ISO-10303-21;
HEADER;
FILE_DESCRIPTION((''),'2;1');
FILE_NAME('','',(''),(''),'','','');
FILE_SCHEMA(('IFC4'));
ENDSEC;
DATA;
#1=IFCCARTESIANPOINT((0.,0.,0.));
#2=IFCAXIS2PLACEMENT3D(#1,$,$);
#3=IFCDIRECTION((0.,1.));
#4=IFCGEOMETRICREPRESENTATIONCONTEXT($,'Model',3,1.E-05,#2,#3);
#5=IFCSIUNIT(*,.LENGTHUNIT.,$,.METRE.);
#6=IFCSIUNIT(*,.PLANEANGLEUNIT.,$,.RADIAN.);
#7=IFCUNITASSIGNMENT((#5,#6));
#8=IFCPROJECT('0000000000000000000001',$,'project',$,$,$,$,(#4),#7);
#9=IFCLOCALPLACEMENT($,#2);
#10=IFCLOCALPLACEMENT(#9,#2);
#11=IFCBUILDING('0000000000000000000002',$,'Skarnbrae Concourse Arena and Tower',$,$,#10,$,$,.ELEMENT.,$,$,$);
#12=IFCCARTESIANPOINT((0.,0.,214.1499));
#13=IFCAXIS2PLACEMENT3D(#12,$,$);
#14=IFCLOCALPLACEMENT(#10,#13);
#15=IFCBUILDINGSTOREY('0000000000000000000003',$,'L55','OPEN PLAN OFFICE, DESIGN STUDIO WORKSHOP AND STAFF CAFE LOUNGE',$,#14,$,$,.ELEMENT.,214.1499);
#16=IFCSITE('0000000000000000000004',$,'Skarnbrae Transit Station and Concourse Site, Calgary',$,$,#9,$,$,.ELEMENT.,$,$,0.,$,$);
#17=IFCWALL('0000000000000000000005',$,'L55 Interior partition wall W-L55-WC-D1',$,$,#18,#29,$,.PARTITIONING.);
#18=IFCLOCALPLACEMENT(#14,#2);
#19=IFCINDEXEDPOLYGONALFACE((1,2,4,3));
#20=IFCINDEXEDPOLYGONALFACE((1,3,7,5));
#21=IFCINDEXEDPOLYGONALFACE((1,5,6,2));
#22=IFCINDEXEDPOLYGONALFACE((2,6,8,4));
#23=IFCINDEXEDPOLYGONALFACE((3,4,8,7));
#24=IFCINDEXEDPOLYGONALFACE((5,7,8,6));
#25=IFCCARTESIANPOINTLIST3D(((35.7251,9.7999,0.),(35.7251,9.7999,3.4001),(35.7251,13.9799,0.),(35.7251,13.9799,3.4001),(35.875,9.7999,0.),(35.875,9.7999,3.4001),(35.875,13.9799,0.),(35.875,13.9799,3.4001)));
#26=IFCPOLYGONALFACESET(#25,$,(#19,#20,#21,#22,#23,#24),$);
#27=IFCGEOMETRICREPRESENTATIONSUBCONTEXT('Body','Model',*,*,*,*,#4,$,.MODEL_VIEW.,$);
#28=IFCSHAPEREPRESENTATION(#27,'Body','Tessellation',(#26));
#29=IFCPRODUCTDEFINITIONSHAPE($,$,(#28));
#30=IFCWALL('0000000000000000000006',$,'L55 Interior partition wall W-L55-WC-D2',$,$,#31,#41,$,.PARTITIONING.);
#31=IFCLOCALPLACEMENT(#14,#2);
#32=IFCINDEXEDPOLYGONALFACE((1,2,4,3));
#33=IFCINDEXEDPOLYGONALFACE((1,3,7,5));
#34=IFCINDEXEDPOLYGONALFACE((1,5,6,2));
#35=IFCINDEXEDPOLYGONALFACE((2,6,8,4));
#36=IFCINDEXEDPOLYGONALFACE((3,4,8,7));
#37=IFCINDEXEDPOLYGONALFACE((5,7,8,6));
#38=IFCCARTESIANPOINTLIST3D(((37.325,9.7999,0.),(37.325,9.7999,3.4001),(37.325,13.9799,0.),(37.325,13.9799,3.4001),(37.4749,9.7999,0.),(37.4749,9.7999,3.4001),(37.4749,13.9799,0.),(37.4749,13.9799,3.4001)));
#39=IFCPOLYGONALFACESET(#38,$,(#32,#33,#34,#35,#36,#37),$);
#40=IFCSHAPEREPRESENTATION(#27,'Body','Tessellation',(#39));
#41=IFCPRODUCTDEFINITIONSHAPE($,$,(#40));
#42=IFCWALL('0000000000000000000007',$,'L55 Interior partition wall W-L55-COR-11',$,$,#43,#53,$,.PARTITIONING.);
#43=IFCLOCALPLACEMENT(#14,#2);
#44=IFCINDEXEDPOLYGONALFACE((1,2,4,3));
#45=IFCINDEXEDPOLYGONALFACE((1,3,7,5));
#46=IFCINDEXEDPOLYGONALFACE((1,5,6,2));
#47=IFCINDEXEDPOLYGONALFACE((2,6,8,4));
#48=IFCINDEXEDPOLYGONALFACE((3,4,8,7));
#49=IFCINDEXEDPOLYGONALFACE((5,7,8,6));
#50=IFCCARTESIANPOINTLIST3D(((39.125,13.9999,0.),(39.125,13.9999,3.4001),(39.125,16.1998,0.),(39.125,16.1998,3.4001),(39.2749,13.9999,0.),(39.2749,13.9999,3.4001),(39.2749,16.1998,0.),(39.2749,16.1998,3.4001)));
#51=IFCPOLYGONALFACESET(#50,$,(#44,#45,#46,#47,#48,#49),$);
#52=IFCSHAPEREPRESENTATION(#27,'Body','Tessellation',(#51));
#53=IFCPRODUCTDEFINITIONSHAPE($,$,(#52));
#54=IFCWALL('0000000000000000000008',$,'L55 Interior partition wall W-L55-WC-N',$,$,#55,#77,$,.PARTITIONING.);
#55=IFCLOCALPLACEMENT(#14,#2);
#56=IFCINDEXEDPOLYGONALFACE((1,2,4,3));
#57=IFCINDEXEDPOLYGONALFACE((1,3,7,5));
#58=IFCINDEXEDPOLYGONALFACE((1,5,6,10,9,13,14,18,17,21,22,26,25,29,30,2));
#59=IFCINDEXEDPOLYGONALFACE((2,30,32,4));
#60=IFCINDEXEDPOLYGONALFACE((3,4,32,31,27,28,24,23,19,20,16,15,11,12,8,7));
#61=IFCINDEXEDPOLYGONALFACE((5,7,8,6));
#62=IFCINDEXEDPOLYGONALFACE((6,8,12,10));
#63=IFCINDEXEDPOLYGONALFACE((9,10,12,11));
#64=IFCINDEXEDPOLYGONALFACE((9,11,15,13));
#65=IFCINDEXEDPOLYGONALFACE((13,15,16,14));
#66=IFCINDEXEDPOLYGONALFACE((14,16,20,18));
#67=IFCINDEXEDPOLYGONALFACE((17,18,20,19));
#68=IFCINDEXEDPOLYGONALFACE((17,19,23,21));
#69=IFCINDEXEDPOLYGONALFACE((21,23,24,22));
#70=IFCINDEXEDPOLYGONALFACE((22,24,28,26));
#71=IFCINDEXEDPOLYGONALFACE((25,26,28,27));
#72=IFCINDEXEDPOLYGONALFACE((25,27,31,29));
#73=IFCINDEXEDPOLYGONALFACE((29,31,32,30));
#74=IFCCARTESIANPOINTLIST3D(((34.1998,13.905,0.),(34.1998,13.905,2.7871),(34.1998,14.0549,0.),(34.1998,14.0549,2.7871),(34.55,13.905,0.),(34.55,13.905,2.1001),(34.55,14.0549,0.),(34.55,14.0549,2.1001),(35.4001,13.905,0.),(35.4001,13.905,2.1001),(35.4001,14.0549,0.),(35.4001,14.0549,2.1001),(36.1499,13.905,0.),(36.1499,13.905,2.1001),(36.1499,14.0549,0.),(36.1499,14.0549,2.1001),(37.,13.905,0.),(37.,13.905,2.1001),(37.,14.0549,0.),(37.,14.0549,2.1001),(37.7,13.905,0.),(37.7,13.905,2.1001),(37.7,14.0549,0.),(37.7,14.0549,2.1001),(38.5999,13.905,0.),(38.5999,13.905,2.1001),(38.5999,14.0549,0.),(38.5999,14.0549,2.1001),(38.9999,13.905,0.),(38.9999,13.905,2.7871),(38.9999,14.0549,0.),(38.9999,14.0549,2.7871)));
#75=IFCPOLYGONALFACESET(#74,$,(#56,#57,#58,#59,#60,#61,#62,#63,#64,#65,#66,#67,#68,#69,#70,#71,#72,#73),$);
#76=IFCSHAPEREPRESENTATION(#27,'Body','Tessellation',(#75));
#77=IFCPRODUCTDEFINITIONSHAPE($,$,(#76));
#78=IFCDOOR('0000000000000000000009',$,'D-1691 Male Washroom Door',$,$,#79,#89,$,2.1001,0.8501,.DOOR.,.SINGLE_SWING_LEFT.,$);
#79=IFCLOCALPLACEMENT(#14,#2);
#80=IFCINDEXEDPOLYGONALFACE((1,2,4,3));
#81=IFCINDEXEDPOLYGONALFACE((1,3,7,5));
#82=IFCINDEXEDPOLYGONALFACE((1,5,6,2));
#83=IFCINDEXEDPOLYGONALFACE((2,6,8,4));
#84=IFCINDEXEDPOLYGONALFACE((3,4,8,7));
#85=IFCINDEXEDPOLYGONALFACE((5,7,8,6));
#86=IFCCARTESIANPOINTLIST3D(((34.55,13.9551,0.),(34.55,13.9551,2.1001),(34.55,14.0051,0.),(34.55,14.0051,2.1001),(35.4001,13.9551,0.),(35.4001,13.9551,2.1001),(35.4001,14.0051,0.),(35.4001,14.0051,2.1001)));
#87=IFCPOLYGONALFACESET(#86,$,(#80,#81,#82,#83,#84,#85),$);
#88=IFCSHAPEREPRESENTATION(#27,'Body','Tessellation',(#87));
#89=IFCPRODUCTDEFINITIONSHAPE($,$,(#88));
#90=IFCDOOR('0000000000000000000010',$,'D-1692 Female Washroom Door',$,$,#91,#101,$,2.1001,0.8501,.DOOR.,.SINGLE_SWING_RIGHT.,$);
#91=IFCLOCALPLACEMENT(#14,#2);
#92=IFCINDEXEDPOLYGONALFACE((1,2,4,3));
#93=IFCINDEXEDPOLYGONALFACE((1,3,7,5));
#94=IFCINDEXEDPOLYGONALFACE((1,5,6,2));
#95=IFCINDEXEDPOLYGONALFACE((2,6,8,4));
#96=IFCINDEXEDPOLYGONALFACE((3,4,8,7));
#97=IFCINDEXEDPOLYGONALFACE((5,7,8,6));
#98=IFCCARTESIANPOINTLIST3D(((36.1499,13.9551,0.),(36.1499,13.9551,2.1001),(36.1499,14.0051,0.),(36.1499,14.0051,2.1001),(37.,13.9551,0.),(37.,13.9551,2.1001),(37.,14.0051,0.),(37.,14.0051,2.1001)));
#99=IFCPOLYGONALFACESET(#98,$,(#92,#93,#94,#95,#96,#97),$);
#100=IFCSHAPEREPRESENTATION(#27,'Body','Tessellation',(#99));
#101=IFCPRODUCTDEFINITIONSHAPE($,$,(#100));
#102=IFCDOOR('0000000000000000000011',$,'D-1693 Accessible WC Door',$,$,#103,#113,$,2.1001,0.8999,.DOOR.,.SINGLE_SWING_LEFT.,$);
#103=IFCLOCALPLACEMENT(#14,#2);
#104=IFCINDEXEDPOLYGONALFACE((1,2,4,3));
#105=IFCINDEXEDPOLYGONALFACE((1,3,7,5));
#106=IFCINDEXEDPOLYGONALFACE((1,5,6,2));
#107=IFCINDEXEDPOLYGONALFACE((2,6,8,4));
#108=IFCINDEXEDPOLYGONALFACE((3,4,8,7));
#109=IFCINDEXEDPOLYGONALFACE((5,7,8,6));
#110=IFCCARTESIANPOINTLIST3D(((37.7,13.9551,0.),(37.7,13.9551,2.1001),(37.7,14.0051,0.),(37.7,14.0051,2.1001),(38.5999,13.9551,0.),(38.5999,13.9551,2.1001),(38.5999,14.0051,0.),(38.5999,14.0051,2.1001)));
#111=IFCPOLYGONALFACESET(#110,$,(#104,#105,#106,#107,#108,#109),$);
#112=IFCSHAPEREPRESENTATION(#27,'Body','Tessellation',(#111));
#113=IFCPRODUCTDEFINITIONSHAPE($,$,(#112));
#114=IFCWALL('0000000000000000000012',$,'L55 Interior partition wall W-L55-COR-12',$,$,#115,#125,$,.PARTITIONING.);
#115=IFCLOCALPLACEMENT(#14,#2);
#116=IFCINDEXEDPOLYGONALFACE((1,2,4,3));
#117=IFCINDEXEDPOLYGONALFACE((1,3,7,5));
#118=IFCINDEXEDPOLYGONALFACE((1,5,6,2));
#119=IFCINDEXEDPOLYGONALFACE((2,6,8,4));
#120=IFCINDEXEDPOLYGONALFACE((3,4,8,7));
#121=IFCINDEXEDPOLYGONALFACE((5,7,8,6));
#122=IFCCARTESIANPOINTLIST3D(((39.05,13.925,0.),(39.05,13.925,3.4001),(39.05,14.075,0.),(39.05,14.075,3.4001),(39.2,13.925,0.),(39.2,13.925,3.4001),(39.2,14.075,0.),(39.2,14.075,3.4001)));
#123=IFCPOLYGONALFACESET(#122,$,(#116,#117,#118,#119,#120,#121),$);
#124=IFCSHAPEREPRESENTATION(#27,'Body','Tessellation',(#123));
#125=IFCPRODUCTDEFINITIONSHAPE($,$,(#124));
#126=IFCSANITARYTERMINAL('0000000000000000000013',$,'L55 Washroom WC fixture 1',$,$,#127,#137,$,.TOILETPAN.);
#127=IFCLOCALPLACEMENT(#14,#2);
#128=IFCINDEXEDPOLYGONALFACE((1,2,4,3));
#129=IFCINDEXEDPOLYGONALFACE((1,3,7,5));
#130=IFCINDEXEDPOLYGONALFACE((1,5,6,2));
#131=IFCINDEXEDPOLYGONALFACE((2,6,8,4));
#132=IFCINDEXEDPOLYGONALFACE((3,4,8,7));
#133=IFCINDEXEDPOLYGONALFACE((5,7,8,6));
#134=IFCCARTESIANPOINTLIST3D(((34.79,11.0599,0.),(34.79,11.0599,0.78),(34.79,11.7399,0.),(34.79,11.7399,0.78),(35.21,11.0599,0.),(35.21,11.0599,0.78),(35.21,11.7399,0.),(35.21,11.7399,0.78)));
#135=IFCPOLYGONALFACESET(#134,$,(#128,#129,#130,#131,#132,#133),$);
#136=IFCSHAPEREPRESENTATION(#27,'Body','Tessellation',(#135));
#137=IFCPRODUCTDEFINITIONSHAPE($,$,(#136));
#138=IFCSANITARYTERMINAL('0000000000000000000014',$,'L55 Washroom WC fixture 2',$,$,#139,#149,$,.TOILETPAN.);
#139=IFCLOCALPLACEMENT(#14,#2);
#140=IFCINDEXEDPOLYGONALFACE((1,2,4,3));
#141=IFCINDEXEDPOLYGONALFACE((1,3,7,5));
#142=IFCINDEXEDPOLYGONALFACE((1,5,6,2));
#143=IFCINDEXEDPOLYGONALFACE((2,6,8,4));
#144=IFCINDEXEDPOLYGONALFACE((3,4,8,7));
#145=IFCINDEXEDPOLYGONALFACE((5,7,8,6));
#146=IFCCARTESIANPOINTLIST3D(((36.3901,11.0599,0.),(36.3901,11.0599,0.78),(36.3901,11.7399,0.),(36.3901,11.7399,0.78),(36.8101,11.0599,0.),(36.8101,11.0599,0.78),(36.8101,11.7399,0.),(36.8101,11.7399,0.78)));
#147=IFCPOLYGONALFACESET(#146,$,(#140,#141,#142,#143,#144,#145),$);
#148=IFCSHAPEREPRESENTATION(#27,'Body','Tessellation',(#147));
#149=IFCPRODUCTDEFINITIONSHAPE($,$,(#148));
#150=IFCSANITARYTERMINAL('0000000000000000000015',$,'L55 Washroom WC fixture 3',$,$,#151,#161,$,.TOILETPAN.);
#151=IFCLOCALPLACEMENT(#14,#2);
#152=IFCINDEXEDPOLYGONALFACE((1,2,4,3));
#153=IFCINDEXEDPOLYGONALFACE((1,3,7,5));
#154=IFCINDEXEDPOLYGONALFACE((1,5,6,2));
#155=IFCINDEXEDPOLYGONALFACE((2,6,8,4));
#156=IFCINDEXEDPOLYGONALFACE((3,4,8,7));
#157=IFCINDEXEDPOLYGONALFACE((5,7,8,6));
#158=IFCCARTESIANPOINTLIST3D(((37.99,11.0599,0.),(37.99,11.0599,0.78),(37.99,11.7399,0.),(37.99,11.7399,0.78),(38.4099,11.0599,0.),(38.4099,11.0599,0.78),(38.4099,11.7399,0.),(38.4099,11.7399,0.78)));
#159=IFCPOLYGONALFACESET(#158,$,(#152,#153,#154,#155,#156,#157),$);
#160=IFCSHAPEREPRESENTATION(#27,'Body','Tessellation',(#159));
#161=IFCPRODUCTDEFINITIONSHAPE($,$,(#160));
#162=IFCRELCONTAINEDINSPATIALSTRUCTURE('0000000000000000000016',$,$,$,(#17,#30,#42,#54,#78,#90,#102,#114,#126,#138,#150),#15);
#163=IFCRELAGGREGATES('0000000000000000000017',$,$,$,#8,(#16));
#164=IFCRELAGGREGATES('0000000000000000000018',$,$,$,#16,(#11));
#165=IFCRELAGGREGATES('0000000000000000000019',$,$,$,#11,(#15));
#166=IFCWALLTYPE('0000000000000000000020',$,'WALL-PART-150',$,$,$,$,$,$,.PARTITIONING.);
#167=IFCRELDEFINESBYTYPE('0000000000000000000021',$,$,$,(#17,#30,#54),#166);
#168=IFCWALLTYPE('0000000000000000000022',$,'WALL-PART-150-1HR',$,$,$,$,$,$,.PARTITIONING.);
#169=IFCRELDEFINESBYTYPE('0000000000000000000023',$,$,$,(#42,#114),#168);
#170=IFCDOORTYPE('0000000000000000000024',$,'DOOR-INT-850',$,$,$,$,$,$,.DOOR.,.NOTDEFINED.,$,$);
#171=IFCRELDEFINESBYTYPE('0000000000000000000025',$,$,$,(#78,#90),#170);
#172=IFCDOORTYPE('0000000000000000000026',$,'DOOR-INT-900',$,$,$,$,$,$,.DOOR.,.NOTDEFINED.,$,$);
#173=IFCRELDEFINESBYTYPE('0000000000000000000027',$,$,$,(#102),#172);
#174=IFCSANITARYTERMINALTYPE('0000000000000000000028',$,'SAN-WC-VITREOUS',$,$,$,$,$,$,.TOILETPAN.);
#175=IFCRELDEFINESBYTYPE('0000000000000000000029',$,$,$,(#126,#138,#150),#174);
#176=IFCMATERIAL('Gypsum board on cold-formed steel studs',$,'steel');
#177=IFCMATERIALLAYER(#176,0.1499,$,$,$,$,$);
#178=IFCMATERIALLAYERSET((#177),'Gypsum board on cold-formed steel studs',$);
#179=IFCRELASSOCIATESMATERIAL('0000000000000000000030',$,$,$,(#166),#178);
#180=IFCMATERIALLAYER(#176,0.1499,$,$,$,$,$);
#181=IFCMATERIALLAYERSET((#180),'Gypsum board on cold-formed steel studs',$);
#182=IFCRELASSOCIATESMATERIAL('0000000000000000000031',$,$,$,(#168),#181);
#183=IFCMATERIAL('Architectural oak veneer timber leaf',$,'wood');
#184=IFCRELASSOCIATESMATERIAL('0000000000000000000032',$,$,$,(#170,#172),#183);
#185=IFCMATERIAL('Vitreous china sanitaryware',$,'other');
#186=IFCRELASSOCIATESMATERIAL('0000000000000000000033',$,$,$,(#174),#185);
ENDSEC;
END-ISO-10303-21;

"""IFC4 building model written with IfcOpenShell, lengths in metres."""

from ifc_helpers import new_model, si_unit, direction, frame, frame_2d, origin, origin_2d, place, context, subcontext, project, spatial, rectangle, extrude, source, transform, mapped, material, layer, layer_set, type_object, element, fill, save


model = new_model("IFC4")

# Units and contexts
model_context = context("Model", 3, precision=1e-05, world=origin(), true_north=direction((0.0, 1.0)))
body_context = subcontext(model_context, "Body", "Model", "MODEL_VIEW")
ifc_project = project(units=[si_unit("LENGTHUNIT", "METRE"), si_unit("PLANEANGLEUNIT", "RADIAN")], contexts=[model_context])

# Site, building, storey
site_placement = place(None, origin())
site = spatial("IfcSite", under=ifc_project, at=site_placement, Name="Skarnbrae Transit Station and Concourse Site, Calgary", CompositionType="ELEMENT", RefElevation=0.0)
building_placement = place(site_placement, origin())
building = spatial("IfcBuilding", under=site, at=building_placement, Name="Skarnbrae Concourse Arena and Tower", CompositionType="ELEMENT")
storey_placement = place(building_placement, frame((0.0, 0.0, 214.1499)))
storey = spatial("IfcBuildingStorey", under=building, at=storey_placement, Name="L55", Description="OPEN PLAN OFFICE, DESIGN STUDIO WORKSHOP AND STAFF CAFE LOUNGE", CompositionType="ELEMENT", Elevation=214.1499)

# Walls
ifc_material_1 = material(Name="Gypsum board on cold-formed steel studs", Category="steel")
ifc_layer_1 = layer(ifc_material_1, 0.1499)
ifc_layer_set_1 = layer_set([ifc_layer_1], Name="Gypsum board on cold-formed steel studs")
wall_type_1 = type_object("IfcWallType", Name="WALL-PART-150", PredefinedType="PARTITIONING", material=ifc_layer_set_1)
shared_shape_1 = source(origin(), body_context, "Body", "SweptSolid", [
    extrude(rectangle(XDim=4.1799, YDim=0.1499, at=frame_2d((2.0898, 0.0))), origin(), (0.0, 0.0, 1.0), 3.4001),
])
for number, where, z_axis, x_axis, name in (
    (1, (35.8, 9.8, 0.0), (0.0, 0.0, 1.0), (0.0, 1.0, 0.0), "L55 Interior partition wall W-L55-WC-D1"),
    (2, (37.3999, 9.8, 0.0), (0.0, 0.0, 1.0), (0.0, 1.0, 0.0), "L55 Interior partition wall W-L55-WC-D2"),
):
    element("IfcWall", number, at=place(storey_placement, frame(where, z_axis=z_axis, x_axis=x_axis)), inside=storey, type_object=wall_type_1, Name=name, PredefinedType="PARTITIONING", context=body_context, shape_type="MappedRepresentation", body=[
        mapped(shared_shape_1, transform((0.0, 0.0, 0.0))),
    ])
ifc_layer_2 = layer(ifc_material_1, 0.1499)
ifc_layer_set_2 = layer_set([ifc_layer_2], Name="Gypsum board on cold-formed steel studs")
wall_type_2 = type_object("IfcWallType", Name="WALL-PART-150-1HR", PredefinedType="PARTITIONING", material=ifc_layer_set_2)
shared_shape_2 = source(origin(), body_context, "Body", "SweptSolid", [
    extrude(rectangle(XDim=2.2, YDim=0.1499, at=frame_2d((1.1001, 0.0))), origin(), (0.0, 0.0, 1.0), 3.4001),
])
wall_1_placement = place(storey_placement, frame((39.2, 16.2, 0.0), z_axis=(0.0, 0.0, 1.0), x_axis=(0.0, -1.0, 0.0)))
element("IfcWall", 3, at=wall_1_placement, inside=storey, type_object=wall_type_2, Name="L55 Interior partition wall W-L55-COR-11", PredefinedType="PARTITIONING", context=body_context, shape_type="MappedRepresentation", body=[
    mapped(shared_shape_2, transform((0.0, 0.0, 0.0))),
])

# Wall, openings, doors
shared_shape_3 = source(origin(), body_context, "Body", "SweptSolid", [
    extrude(rectangle(XDim=4.8, YDim=0.1499, at=frame_2d((2.3999, 0.0))), origin(), (0.0, 0.0, 1.0), 2.7871),
])
wall_2_placement = place(storey_placement, frame((34.2, 13.98, 0.0), z_axis=(0.0, 0.0, 1.0), x_axis=(1.0, 0.0, 0.0)))
wall_2 = element("IfcWall", 4, at=wall_2_placement, inside=storey, type_object=wall_type_1, Name="L55 Interior partition wall W-L55-WC-N", PredefinedType="PARTITIONING", context=body_context, shape_type="MappedRepresentation", body=[
    mapped(shared_shape_3, transform((0.0, 0.0, 0.0))),
])
opening_1_placement = place(wall_2_placement, frame((0.3501, 0.0, 0.0)))
opening_1 = element("IfcOpeningElement", 5, at=opening_1_placement, cuts=wall_2, PredefinedType="OPENING", context=body_context, shape_type="SweptSolid", body=[
    extrude(rectangle(XDim=0.8501, YDim=2.1001, at=frame_2d((0.425, 1.05))), frame((0.0, 0.085, 0.0), z_axis=(0.0, -1.0, 0.0), x_axis=(1.0, 0.0, 0.0)), (0.0, 0.0, 1.0), 0.1699),
])
opening_2_placement = place(wall_2_placement, frame((1.95, 0.0, 0.0)))
opening_2 = element("IfcOpeningElement", 6, at=opening_2_placement, cuts=wall_2, PredefinedType="OPENING", context=body_context, shape_type="SweptSolid", body=[
    extrude(rectangle(XDim=0.8501, YDim=2.1001, at=frame_2d((0.425, 1.05))), frame((0.0, 0.085, 0.0), z_axis=(0.0, -1.0, 0.0), x_axis=(1.0, 0.0, 0.0)), (0.0, 0.0, 1.0), 0.1699),
])
opening_3_placement = place(wall_2_placement, frame((3.5, 0.0, 0.0)))
opening_3 = element("IfcOpeningElement", 7, at=opening_3_placement, cuts=wall_2, PredefinedType="OPENING", context=body_context, shape_type="SweptSolid", body=[
    extrude(rectangle(XDim=0.8999, YDim=2.1001, at=frame_2d((0.45, 1.05))), frame((0.0, 0.085, 0.0), z_axis=(0.0, -1.0, 0.0), x_axis=(1.0, 0.0, 0.0)), (0.0, 0.0, 1.0), 0.1699),
])
ifc_material_2 = material(Name="Architectural oak veneer timber leaf", Category="wood")
door_type_1 = type_object("IfcDoorType", Name="DOOR-INT-850", OperationType="NOTDEFINED", PredefinedType="DOOR", material=ifc_material_2)
shared_shape_4 = source(origin(), body_context, "Body", "SweptSolid", [
    extrude(rectangle(XDim=0.8501, YDim=2.1001, at=frame_2d((0.425, 1.05))), frame((0.0, 0.0249, 0.0), z_axis=(0.0, -1.0, 0.0), x_axis=(1.0, 0.0, 0.0)), (0.0, 0.0, 1.0), 0.05),
])
door_1_placement = place(opening_1_placement, frame((0.8501, 0.0, 0.0), z_axis=(0.0, 0.0, 1.0), x_axis=(-1.0, 0.0, 0.0)))
door_1 = element("IfcDoor", 8, at=door_1_placement, inside=storey, type_object=door_type_1, Name="D-1691 Male Washroom Door", OperationType="SINGLE_SWING_LEFT", OverallHeight=2.1001, OverallWidth=0.8501, PredefinedType="DOOR", context=body_context, shape_type="MappedRepresentation", body=[
    mapped(shared_shape_4, transform((0.0, 0.0, 0.0))),
])
fill(opening_1, door_1)
door_2_placement = place(opening_2_placement, frame((0.8501, 0.0, 0.0), z_axis=(0.0, 0.0, 1.0), x_axis=(-1.0, 0.0, 0.0)))
door_2 = element("IfcDoor", 9, at=door_2_placement, inside=storey, type_object=door_type_1, Name="D-1692 Female Washroom Door", OperationType="SINGLE_SWING_RIGHT", OverallHeight=2.1001, OverallWidth=0.8501, PredefinedType="DOOR", context=body_context, shape_type="MappedRepresentation", body=[
    mapped(shared_shape_4, transform((0.0, 0.0, 0.0))),
])
fill(opening_2, door_2)
door_type_2 = type_object("IfcDoorType", Name="DOOR-INT-900", OperationType="NOTDEFINED", PredefinedType="DOOR", material=ifc_material_2)
shared_shape_5 = source(origin(), body_context, "Body", "SweptSolid", [
    extrude(rectangle(XDim=0.8999, YDim=2.1001, at=frame_2d((0.45, 1.05))), frame((0.0, 0.0249, 0.0), z_axis=(0.0, -1.0, 0.0), x_axis=(1.0, 0.0, 0.0)), (0.0, 0.0, 1.0), 0.05),
])
door_3_placement = place(opening_3_placement, frame((0.8999, 0.0, 0.0), z_axis=(0.0, 0.0, 1.0), x_axis=(-1.0, 0.0, 0.0)))
door_3 = element("IfcDoor", 10, at=door_3_placement, inside=storey, type_object=door_type_2, Name="D-1693 Accessible WC Door", OperationType="SINGLE_SWING_LEFT", OverallHeight=2.1001, OverallWidth=0.8999, PredefinedType="DOOR", context=body_context, shape_type="MappedRepresentation", body=[
    mapped(shared_shape_5, transform((0.0, 0.0, 0.0))),
])
fill(opening_3, door_3)

# Wall
shared_shape_6 = source(origin(), body_context, "Body", "SweptSolid", [
    extrude(rectangle(XDim=0.1499, YDim=0.1499, at=frame_2d((0.075, 0.0))), origin(), (0.0, 0.0, 1.0), 3.4001),
])
wall_3_placement = place(storey_placement, frame((39.2, 14.0, 0.0), z_axis=(0.0, 0.0, 1.0), x_axis=(-1.0, 0.0, 0.0)))
element("IfcWall", 11, at=wall_3_placement, inside=storey, type_object=wall_type_2, Name="L55 Interior partition wall W-L55-COR-12", PredefinedType="PARTITIONING", context=body_context, shape_type="MappedRepresentation", body=[
    mapped(shared_shape_6, transform((0.0, 0.0, 0.0))),
])

# Sanitary terminals
ifc_material_3 = material(Name="Vitreous china sanitaryware", Category="other")
sanitary_terminal_type = type_object("IfcSanitaryTerminalType", Name="SAN-WC-VITREOUS", PredefinedType="TOILETPAN", material=ifc_material_3)
shared_shape_7 = source(origin(), body_context, "Body", "SweptSolid", [
    extrude(rectangle(XDim=0.4199, YDim=0.6799, at=origin_2d()), origin(), (0.0, 0.0, 1.0), 0.78),
])
for number, where, z_axis, x_axis, name in (
    (12, (35.0, 11.3999, 0.0), (0.0, 0.0, 1.0), (1.0, 0.0, 0.0), "L55 Washroom WC fixture 1"),
    (13, (36.6001, 11.3999, 0.0), (0.0, 0.0, 1.0), (1.0, 0.0, 0.0), "L55 Washroom WC fixture 2"),
    (14, (38.2, 11.3999, 0.0), (0.0, 0.0, 1.0), (1.0, 0.0, 0.0), "L55 Washroom WC fixture 3"),
):
    element("IfcSanitaryTerminal", number, at=place(storey_placement, frame(where, z_axis=z_axis, x_axis=x_axis)), inside=storey, type_object=sanitary_terminal_type, Name=name, PredefinedType="TOILETPAN", context=body_context, shape_type="MappedRepresentation", body=[
        mapped(shared_shape_7, transform((0.0, 0.0, 0.0))),
    ])

save(model, "model.ifc")
